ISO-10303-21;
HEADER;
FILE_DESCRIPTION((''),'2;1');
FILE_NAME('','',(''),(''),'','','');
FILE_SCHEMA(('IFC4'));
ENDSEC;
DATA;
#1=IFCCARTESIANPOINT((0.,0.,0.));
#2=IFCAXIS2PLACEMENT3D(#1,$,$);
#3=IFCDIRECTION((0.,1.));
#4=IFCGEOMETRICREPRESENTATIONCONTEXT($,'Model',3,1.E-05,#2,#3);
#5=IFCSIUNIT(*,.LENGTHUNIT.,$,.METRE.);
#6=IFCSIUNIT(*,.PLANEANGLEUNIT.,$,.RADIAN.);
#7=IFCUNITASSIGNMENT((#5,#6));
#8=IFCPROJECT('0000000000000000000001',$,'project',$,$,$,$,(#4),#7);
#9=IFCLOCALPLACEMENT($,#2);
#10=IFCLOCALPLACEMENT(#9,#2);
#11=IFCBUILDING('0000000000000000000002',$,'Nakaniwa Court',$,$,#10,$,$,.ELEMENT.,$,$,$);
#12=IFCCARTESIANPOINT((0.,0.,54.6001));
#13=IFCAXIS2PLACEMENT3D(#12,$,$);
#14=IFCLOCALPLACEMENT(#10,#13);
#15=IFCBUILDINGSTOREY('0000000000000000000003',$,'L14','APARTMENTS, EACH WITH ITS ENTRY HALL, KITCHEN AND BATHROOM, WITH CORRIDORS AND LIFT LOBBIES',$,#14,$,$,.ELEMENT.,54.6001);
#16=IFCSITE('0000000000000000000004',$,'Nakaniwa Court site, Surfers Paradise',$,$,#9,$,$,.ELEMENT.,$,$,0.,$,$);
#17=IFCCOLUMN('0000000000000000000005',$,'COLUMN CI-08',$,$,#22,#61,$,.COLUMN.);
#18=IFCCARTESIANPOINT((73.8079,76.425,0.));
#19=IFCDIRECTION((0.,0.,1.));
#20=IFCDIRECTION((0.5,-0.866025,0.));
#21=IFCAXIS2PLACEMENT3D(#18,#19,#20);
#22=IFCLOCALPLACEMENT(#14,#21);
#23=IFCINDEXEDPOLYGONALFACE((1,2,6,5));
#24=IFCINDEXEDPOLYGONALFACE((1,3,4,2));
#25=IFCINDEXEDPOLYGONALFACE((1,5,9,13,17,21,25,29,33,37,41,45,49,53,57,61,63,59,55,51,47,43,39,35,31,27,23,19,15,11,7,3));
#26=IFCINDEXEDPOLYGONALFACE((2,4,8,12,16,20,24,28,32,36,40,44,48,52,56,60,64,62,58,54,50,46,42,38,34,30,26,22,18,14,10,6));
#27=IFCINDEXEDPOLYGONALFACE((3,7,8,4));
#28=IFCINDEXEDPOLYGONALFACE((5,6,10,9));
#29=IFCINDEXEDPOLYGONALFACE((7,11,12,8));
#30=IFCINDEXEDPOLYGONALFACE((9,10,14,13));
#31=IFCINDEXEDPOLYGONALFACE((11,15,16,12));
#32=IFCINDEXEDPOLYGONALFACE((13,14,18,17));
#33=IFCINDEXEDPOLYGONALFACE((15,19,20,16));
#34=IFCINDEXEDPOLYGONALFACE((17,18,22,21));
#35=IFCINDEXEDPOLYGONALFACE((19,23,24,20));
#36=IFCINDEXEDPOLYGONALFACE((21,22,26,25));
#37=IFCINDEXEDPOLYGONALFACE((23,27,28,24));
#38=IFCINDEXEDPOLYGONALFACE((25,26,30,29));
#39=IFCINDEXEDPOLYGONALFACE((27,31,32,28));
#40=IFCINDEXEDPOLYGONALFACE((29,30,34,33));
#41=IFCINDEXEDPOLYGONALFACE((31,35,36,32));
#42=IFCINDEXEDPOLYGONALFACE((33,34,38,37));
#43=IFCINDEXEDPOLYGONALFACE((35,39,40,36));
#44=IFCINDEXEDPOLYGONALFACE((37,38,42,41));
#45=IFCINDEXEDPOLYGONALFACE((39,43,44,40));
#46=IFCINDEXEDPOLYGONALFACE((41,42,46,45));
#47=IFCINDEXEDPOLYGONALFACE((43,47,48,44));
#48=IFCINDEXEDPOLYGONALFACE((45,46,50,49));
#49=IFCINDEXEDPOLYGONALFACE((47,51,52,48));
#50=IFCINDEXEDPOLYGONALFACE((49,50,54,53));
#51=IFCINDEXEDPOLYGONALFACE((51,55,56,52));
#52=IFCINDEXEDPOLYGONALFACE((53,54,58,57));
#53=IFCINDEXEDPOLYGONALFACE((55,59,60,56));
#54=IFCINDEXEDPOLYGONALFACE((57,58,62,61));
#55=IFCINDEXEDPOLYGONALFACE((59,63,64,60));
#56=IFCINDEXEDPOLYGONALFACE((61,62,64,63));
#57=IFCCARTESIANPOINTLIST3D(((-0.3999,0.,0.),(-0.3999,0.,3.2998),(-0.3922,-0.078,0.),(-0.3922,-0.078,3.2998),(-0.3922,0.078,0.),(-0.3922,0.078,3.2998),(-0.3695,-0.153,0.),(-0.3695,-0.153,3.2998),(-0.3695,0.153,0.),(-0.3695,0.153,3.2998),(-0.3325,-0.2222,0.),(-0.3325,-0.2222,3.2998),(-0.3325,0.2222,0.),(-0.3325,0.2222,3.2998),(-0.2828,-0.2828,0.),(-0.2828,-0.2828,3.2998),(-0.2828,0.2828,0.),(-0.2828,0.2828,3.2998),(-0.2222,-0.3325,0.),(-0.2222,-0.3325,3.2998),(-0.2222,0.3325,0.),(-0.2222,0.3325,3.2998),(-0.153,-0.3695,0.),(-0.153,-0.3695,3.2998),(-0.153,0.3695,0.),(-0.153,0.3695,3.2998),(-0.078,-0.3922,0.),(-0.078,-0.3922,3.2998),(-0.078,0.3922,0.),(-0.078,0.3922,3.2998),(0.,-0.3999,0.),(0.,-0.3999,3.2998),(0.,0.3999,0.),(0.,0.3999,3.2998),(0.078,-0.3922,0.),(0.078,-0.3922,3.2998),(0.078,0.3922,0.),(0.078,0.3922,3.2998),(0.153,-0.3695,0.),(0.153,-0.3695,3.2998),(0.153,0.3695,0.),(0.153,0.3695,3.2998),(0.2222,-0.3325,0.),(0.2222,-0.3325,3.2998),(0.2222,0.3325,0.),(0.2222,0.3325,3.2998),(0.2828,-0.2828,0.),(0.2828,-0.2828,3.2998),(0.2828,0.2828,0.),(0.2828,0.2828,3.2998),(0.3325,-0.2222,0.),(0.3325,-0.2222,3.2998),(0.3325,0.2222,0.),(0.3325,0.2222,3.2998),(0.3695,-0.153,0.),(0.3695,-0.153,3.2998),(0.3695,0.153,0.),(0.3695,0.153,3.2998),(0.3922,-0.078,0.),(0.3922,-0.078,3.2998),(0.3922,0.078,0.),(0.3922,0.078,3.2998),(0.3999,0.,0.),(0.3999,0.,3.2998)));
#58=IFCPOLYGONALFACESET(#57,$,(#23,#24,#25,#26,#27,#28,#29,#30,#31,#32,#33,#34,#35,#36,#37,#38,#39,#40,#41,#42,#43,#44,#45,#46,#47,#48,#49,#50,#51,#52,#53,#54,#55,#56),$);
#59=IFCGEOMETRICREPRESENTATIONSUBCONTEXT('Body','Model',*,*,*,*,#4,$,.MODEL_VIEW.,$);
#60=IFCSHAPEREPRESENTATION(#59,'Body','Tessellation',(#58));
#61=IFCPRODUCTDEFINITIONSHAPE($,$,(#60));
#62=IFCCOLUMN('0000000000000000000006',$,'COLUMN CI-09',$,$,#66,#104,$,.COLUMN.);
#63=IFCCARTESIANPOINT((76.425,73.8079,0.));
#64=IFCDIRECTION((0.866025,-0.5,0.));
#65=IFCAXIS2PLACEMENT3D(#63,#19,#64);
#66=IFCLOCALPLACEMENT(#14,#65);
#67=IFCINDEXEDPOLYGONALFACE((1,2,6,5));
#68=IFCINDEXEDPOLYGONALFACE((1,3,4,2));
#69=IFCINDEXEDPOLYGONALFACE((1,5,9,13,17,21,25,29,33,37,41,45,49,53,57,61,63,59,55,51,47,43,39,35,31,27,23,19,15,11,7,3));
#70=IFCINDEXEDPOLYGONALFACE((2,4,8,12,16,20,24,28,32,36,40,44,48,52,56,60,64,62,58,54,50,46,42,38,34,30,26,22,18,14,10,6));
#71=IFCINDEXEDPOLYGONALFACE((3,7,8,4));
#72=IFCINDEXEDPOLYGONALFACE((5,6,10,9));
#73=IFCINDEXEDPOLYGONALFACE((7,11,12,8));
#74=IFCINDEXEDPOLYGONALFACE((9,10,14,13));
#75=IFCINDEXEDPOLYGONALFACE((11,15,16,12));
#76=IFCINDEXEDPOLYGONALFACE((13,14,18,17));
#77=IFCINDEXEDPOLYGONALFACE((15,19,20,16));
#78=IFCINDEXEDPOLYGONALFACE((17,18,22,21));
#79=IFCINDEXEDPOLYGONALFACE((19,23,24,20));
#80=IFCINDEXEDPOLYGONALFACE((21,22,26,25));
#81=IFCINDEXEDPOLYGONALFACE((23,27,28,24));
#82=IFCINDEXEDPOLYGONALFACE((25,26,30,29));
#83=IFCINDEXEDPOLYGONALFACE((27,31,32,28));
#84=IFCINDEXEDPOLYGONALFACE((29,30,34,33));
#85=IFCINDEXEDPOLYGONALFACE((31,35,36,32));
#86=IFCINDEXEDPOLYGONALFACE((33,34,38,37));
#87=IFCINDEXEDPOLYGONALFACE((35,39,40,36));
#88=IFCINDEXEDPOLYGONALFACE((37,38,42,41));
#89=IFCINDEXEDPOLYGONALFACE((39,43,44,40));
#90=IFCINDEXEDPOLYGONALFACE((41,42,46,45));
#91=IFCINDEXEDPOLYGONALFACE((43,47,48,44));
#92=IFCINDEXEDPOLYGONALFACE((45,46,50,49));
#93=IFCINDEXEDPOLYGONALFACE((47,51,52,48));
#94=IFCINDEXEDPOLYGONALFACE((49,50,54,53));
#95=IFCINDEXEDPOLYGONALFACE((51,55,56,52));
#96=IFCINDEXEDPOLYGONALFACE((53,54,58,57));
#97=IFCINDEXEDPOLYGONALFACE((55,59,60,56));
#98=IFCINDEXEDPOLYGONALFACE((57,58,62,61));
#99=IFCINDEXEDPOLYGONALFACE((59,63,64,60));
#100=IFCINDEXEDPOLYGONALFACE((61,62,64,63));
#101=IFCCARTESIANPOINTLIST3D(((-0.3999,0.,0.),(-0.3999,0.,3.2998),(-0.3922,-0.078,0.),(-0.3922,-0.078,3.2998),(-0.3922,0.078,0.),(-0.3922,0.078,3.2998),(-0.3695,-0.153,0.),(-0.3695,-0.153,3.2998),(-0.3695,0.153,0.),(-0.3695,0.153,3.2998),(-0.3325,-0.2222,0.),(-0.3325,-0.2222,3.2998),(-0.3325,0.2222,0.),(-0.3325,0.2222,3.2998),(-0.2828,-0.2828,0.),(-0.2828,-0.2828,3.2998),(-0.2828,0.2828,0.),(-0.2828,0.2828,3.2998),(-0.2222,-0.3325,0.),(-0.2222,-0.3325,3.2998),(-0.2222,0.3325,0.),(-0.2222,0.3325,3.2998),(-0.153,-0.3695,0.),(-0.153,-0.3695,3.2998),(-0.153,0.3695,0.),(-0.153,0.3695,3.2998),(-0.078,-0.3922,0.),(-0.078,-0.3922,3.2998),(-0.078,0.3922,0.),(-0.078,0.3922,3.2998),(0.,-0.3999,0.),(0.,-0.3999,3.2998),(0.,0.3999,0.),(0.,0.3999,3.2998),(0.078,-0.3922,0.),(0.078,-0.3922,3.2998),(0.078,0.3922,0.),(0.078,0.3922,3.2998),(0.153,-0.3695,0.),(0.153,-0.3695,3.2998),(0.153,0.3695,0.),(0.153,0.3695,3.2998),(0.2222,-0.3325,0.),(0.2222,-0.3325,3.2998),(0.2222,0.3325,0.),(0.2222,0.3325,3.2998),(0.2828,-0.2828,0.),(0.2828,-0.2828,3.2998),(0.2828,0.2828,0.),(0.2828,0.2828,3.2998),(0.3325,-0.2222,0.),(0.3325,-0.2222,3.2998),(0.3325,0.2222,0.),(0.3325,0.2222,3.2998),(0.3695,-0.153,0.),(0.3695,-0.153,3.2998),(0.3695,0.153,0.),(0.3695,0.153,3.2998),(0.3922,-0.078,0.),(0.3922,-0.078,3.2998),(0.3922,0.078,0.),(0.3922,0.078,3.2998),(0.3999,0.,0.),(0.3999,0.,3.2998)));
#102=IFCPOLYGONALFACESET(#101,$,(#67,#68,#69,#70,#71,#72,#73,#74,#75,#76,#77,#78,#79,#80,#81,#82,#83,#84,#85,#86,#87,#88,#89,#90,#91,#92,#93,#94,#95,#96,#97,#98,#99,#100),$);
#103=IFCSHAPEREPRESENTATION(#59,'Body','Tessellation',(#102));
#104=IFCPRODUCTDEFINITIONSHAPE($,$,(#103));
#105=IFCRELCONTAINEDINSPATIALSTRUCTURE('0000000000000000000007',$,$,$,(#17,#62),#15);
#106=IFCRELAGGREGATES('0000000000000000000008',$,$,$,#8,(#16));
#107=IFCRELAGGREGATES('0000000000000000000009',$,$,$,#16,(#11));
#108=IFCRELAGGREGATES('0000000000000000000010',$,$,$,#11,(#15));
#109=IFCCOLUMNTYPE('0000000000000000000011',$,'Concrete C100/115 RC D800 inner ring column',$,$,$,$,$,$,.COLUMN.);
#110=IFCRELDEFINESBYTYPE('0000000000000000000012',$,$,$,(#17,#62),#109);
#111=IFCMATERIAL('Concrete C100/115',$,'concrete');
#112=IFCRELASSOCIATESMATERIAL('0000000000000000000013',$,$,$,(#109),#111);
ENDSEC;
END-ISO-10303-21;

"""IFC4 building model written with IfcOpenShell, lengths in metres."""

from ifc_helpers import new_model, si_unit, direction, frame, origin, origin_2d, place, context, subcontext, project, spatial, circle, extrude, material, material_profile, profile_set, type_object, element, save


model = new_model("IFC4")

# Units and contexts
model_context = context("Model", 3, precision=1e-05, world=origin(), true_north=direction((0.0, 1.0)))
body_context = subcontext(model_context, "Body", "Model", "MODEL_VIEW")
ifc_project = project(units=[si_unit("LENGTHUNIT", "METRE"), si_unit("PLANEANGLEUNIT", "RADIAN")], contexts=[model_context])

# Site, building, storey
site_placement = place(None, origin())
site = spatial("IfcSite", under=ifc_project, at=site_placement, Name="Nakaniwa Court site, Surfers Paradise", CompositionType="ELEMENT", RefElevation=0.0)
building_placement = place(site_placement, origin())
building = spatial("IfcBuilding", under=site, at=building_placement, Name="Nakaniwa Court", CompositionType="ELEMENT")
storey_placement = place(building_placement, frame((0.0, 0.0, 54.6001)))
storey = spatial("IfcBuildingStorey", under=building, at=storey_placement, Name="L14", Description="APARTMENTS, EACH WITH ITS ENTRY HALL, KITCHEN AND BATHROOM, WITH CORRIDORS AND LIFT LOBBIES", CompositionType="ELEMENT", Elevation=54.6001)

# Columns
ifc_material_1 = material(Name="Concrete C100/115", Category="concrete")
ifc_material_profile_1 = material_profile(ifc_material_1, circle(Radius=0.3999, at=origin_2d()), Name="Concrete C100/115 RC D800 inner ring column")
ifc_profile_set_1 = profile_set([ifc_material_profile_1], Name="Concrete C100/115")
column_type_1 = type_object("IfcColumnType", Name="Concrete C100/115 RC D800 inner ring column", PredefinedType="COLUMN", material=ifc_profile_set_1)
for number, where, z_axis, x_axis, name in (
    (1, (73.8079, 76.425, 0.0), (0.0, 0.0, 1.0), (0.5, -0.866025, 0.0), "COLUMN CI-08"),
    (2, (76.425, 73.8079, 0.0), (0.0, 0.0, 1.0), (0.866025, -0.5, 0.0), "COLUMN CI-09"),
):
    element("IfcColumn", number, at=place(storey_placement, frame(where, z_axis=z_axis, x_axis=x_axis)), inside=storey, type_object=column_type_1, Name=name, PredefinedType="COLUMN", context=body_context, shape_type="SweptSolid", body=[
        extrude(circle(Radius=0.3999, at=origin_2d()), origin(), (0.0, 0.0, 1.0), 3.2998),
    ])

save(model, "model.ifc")
